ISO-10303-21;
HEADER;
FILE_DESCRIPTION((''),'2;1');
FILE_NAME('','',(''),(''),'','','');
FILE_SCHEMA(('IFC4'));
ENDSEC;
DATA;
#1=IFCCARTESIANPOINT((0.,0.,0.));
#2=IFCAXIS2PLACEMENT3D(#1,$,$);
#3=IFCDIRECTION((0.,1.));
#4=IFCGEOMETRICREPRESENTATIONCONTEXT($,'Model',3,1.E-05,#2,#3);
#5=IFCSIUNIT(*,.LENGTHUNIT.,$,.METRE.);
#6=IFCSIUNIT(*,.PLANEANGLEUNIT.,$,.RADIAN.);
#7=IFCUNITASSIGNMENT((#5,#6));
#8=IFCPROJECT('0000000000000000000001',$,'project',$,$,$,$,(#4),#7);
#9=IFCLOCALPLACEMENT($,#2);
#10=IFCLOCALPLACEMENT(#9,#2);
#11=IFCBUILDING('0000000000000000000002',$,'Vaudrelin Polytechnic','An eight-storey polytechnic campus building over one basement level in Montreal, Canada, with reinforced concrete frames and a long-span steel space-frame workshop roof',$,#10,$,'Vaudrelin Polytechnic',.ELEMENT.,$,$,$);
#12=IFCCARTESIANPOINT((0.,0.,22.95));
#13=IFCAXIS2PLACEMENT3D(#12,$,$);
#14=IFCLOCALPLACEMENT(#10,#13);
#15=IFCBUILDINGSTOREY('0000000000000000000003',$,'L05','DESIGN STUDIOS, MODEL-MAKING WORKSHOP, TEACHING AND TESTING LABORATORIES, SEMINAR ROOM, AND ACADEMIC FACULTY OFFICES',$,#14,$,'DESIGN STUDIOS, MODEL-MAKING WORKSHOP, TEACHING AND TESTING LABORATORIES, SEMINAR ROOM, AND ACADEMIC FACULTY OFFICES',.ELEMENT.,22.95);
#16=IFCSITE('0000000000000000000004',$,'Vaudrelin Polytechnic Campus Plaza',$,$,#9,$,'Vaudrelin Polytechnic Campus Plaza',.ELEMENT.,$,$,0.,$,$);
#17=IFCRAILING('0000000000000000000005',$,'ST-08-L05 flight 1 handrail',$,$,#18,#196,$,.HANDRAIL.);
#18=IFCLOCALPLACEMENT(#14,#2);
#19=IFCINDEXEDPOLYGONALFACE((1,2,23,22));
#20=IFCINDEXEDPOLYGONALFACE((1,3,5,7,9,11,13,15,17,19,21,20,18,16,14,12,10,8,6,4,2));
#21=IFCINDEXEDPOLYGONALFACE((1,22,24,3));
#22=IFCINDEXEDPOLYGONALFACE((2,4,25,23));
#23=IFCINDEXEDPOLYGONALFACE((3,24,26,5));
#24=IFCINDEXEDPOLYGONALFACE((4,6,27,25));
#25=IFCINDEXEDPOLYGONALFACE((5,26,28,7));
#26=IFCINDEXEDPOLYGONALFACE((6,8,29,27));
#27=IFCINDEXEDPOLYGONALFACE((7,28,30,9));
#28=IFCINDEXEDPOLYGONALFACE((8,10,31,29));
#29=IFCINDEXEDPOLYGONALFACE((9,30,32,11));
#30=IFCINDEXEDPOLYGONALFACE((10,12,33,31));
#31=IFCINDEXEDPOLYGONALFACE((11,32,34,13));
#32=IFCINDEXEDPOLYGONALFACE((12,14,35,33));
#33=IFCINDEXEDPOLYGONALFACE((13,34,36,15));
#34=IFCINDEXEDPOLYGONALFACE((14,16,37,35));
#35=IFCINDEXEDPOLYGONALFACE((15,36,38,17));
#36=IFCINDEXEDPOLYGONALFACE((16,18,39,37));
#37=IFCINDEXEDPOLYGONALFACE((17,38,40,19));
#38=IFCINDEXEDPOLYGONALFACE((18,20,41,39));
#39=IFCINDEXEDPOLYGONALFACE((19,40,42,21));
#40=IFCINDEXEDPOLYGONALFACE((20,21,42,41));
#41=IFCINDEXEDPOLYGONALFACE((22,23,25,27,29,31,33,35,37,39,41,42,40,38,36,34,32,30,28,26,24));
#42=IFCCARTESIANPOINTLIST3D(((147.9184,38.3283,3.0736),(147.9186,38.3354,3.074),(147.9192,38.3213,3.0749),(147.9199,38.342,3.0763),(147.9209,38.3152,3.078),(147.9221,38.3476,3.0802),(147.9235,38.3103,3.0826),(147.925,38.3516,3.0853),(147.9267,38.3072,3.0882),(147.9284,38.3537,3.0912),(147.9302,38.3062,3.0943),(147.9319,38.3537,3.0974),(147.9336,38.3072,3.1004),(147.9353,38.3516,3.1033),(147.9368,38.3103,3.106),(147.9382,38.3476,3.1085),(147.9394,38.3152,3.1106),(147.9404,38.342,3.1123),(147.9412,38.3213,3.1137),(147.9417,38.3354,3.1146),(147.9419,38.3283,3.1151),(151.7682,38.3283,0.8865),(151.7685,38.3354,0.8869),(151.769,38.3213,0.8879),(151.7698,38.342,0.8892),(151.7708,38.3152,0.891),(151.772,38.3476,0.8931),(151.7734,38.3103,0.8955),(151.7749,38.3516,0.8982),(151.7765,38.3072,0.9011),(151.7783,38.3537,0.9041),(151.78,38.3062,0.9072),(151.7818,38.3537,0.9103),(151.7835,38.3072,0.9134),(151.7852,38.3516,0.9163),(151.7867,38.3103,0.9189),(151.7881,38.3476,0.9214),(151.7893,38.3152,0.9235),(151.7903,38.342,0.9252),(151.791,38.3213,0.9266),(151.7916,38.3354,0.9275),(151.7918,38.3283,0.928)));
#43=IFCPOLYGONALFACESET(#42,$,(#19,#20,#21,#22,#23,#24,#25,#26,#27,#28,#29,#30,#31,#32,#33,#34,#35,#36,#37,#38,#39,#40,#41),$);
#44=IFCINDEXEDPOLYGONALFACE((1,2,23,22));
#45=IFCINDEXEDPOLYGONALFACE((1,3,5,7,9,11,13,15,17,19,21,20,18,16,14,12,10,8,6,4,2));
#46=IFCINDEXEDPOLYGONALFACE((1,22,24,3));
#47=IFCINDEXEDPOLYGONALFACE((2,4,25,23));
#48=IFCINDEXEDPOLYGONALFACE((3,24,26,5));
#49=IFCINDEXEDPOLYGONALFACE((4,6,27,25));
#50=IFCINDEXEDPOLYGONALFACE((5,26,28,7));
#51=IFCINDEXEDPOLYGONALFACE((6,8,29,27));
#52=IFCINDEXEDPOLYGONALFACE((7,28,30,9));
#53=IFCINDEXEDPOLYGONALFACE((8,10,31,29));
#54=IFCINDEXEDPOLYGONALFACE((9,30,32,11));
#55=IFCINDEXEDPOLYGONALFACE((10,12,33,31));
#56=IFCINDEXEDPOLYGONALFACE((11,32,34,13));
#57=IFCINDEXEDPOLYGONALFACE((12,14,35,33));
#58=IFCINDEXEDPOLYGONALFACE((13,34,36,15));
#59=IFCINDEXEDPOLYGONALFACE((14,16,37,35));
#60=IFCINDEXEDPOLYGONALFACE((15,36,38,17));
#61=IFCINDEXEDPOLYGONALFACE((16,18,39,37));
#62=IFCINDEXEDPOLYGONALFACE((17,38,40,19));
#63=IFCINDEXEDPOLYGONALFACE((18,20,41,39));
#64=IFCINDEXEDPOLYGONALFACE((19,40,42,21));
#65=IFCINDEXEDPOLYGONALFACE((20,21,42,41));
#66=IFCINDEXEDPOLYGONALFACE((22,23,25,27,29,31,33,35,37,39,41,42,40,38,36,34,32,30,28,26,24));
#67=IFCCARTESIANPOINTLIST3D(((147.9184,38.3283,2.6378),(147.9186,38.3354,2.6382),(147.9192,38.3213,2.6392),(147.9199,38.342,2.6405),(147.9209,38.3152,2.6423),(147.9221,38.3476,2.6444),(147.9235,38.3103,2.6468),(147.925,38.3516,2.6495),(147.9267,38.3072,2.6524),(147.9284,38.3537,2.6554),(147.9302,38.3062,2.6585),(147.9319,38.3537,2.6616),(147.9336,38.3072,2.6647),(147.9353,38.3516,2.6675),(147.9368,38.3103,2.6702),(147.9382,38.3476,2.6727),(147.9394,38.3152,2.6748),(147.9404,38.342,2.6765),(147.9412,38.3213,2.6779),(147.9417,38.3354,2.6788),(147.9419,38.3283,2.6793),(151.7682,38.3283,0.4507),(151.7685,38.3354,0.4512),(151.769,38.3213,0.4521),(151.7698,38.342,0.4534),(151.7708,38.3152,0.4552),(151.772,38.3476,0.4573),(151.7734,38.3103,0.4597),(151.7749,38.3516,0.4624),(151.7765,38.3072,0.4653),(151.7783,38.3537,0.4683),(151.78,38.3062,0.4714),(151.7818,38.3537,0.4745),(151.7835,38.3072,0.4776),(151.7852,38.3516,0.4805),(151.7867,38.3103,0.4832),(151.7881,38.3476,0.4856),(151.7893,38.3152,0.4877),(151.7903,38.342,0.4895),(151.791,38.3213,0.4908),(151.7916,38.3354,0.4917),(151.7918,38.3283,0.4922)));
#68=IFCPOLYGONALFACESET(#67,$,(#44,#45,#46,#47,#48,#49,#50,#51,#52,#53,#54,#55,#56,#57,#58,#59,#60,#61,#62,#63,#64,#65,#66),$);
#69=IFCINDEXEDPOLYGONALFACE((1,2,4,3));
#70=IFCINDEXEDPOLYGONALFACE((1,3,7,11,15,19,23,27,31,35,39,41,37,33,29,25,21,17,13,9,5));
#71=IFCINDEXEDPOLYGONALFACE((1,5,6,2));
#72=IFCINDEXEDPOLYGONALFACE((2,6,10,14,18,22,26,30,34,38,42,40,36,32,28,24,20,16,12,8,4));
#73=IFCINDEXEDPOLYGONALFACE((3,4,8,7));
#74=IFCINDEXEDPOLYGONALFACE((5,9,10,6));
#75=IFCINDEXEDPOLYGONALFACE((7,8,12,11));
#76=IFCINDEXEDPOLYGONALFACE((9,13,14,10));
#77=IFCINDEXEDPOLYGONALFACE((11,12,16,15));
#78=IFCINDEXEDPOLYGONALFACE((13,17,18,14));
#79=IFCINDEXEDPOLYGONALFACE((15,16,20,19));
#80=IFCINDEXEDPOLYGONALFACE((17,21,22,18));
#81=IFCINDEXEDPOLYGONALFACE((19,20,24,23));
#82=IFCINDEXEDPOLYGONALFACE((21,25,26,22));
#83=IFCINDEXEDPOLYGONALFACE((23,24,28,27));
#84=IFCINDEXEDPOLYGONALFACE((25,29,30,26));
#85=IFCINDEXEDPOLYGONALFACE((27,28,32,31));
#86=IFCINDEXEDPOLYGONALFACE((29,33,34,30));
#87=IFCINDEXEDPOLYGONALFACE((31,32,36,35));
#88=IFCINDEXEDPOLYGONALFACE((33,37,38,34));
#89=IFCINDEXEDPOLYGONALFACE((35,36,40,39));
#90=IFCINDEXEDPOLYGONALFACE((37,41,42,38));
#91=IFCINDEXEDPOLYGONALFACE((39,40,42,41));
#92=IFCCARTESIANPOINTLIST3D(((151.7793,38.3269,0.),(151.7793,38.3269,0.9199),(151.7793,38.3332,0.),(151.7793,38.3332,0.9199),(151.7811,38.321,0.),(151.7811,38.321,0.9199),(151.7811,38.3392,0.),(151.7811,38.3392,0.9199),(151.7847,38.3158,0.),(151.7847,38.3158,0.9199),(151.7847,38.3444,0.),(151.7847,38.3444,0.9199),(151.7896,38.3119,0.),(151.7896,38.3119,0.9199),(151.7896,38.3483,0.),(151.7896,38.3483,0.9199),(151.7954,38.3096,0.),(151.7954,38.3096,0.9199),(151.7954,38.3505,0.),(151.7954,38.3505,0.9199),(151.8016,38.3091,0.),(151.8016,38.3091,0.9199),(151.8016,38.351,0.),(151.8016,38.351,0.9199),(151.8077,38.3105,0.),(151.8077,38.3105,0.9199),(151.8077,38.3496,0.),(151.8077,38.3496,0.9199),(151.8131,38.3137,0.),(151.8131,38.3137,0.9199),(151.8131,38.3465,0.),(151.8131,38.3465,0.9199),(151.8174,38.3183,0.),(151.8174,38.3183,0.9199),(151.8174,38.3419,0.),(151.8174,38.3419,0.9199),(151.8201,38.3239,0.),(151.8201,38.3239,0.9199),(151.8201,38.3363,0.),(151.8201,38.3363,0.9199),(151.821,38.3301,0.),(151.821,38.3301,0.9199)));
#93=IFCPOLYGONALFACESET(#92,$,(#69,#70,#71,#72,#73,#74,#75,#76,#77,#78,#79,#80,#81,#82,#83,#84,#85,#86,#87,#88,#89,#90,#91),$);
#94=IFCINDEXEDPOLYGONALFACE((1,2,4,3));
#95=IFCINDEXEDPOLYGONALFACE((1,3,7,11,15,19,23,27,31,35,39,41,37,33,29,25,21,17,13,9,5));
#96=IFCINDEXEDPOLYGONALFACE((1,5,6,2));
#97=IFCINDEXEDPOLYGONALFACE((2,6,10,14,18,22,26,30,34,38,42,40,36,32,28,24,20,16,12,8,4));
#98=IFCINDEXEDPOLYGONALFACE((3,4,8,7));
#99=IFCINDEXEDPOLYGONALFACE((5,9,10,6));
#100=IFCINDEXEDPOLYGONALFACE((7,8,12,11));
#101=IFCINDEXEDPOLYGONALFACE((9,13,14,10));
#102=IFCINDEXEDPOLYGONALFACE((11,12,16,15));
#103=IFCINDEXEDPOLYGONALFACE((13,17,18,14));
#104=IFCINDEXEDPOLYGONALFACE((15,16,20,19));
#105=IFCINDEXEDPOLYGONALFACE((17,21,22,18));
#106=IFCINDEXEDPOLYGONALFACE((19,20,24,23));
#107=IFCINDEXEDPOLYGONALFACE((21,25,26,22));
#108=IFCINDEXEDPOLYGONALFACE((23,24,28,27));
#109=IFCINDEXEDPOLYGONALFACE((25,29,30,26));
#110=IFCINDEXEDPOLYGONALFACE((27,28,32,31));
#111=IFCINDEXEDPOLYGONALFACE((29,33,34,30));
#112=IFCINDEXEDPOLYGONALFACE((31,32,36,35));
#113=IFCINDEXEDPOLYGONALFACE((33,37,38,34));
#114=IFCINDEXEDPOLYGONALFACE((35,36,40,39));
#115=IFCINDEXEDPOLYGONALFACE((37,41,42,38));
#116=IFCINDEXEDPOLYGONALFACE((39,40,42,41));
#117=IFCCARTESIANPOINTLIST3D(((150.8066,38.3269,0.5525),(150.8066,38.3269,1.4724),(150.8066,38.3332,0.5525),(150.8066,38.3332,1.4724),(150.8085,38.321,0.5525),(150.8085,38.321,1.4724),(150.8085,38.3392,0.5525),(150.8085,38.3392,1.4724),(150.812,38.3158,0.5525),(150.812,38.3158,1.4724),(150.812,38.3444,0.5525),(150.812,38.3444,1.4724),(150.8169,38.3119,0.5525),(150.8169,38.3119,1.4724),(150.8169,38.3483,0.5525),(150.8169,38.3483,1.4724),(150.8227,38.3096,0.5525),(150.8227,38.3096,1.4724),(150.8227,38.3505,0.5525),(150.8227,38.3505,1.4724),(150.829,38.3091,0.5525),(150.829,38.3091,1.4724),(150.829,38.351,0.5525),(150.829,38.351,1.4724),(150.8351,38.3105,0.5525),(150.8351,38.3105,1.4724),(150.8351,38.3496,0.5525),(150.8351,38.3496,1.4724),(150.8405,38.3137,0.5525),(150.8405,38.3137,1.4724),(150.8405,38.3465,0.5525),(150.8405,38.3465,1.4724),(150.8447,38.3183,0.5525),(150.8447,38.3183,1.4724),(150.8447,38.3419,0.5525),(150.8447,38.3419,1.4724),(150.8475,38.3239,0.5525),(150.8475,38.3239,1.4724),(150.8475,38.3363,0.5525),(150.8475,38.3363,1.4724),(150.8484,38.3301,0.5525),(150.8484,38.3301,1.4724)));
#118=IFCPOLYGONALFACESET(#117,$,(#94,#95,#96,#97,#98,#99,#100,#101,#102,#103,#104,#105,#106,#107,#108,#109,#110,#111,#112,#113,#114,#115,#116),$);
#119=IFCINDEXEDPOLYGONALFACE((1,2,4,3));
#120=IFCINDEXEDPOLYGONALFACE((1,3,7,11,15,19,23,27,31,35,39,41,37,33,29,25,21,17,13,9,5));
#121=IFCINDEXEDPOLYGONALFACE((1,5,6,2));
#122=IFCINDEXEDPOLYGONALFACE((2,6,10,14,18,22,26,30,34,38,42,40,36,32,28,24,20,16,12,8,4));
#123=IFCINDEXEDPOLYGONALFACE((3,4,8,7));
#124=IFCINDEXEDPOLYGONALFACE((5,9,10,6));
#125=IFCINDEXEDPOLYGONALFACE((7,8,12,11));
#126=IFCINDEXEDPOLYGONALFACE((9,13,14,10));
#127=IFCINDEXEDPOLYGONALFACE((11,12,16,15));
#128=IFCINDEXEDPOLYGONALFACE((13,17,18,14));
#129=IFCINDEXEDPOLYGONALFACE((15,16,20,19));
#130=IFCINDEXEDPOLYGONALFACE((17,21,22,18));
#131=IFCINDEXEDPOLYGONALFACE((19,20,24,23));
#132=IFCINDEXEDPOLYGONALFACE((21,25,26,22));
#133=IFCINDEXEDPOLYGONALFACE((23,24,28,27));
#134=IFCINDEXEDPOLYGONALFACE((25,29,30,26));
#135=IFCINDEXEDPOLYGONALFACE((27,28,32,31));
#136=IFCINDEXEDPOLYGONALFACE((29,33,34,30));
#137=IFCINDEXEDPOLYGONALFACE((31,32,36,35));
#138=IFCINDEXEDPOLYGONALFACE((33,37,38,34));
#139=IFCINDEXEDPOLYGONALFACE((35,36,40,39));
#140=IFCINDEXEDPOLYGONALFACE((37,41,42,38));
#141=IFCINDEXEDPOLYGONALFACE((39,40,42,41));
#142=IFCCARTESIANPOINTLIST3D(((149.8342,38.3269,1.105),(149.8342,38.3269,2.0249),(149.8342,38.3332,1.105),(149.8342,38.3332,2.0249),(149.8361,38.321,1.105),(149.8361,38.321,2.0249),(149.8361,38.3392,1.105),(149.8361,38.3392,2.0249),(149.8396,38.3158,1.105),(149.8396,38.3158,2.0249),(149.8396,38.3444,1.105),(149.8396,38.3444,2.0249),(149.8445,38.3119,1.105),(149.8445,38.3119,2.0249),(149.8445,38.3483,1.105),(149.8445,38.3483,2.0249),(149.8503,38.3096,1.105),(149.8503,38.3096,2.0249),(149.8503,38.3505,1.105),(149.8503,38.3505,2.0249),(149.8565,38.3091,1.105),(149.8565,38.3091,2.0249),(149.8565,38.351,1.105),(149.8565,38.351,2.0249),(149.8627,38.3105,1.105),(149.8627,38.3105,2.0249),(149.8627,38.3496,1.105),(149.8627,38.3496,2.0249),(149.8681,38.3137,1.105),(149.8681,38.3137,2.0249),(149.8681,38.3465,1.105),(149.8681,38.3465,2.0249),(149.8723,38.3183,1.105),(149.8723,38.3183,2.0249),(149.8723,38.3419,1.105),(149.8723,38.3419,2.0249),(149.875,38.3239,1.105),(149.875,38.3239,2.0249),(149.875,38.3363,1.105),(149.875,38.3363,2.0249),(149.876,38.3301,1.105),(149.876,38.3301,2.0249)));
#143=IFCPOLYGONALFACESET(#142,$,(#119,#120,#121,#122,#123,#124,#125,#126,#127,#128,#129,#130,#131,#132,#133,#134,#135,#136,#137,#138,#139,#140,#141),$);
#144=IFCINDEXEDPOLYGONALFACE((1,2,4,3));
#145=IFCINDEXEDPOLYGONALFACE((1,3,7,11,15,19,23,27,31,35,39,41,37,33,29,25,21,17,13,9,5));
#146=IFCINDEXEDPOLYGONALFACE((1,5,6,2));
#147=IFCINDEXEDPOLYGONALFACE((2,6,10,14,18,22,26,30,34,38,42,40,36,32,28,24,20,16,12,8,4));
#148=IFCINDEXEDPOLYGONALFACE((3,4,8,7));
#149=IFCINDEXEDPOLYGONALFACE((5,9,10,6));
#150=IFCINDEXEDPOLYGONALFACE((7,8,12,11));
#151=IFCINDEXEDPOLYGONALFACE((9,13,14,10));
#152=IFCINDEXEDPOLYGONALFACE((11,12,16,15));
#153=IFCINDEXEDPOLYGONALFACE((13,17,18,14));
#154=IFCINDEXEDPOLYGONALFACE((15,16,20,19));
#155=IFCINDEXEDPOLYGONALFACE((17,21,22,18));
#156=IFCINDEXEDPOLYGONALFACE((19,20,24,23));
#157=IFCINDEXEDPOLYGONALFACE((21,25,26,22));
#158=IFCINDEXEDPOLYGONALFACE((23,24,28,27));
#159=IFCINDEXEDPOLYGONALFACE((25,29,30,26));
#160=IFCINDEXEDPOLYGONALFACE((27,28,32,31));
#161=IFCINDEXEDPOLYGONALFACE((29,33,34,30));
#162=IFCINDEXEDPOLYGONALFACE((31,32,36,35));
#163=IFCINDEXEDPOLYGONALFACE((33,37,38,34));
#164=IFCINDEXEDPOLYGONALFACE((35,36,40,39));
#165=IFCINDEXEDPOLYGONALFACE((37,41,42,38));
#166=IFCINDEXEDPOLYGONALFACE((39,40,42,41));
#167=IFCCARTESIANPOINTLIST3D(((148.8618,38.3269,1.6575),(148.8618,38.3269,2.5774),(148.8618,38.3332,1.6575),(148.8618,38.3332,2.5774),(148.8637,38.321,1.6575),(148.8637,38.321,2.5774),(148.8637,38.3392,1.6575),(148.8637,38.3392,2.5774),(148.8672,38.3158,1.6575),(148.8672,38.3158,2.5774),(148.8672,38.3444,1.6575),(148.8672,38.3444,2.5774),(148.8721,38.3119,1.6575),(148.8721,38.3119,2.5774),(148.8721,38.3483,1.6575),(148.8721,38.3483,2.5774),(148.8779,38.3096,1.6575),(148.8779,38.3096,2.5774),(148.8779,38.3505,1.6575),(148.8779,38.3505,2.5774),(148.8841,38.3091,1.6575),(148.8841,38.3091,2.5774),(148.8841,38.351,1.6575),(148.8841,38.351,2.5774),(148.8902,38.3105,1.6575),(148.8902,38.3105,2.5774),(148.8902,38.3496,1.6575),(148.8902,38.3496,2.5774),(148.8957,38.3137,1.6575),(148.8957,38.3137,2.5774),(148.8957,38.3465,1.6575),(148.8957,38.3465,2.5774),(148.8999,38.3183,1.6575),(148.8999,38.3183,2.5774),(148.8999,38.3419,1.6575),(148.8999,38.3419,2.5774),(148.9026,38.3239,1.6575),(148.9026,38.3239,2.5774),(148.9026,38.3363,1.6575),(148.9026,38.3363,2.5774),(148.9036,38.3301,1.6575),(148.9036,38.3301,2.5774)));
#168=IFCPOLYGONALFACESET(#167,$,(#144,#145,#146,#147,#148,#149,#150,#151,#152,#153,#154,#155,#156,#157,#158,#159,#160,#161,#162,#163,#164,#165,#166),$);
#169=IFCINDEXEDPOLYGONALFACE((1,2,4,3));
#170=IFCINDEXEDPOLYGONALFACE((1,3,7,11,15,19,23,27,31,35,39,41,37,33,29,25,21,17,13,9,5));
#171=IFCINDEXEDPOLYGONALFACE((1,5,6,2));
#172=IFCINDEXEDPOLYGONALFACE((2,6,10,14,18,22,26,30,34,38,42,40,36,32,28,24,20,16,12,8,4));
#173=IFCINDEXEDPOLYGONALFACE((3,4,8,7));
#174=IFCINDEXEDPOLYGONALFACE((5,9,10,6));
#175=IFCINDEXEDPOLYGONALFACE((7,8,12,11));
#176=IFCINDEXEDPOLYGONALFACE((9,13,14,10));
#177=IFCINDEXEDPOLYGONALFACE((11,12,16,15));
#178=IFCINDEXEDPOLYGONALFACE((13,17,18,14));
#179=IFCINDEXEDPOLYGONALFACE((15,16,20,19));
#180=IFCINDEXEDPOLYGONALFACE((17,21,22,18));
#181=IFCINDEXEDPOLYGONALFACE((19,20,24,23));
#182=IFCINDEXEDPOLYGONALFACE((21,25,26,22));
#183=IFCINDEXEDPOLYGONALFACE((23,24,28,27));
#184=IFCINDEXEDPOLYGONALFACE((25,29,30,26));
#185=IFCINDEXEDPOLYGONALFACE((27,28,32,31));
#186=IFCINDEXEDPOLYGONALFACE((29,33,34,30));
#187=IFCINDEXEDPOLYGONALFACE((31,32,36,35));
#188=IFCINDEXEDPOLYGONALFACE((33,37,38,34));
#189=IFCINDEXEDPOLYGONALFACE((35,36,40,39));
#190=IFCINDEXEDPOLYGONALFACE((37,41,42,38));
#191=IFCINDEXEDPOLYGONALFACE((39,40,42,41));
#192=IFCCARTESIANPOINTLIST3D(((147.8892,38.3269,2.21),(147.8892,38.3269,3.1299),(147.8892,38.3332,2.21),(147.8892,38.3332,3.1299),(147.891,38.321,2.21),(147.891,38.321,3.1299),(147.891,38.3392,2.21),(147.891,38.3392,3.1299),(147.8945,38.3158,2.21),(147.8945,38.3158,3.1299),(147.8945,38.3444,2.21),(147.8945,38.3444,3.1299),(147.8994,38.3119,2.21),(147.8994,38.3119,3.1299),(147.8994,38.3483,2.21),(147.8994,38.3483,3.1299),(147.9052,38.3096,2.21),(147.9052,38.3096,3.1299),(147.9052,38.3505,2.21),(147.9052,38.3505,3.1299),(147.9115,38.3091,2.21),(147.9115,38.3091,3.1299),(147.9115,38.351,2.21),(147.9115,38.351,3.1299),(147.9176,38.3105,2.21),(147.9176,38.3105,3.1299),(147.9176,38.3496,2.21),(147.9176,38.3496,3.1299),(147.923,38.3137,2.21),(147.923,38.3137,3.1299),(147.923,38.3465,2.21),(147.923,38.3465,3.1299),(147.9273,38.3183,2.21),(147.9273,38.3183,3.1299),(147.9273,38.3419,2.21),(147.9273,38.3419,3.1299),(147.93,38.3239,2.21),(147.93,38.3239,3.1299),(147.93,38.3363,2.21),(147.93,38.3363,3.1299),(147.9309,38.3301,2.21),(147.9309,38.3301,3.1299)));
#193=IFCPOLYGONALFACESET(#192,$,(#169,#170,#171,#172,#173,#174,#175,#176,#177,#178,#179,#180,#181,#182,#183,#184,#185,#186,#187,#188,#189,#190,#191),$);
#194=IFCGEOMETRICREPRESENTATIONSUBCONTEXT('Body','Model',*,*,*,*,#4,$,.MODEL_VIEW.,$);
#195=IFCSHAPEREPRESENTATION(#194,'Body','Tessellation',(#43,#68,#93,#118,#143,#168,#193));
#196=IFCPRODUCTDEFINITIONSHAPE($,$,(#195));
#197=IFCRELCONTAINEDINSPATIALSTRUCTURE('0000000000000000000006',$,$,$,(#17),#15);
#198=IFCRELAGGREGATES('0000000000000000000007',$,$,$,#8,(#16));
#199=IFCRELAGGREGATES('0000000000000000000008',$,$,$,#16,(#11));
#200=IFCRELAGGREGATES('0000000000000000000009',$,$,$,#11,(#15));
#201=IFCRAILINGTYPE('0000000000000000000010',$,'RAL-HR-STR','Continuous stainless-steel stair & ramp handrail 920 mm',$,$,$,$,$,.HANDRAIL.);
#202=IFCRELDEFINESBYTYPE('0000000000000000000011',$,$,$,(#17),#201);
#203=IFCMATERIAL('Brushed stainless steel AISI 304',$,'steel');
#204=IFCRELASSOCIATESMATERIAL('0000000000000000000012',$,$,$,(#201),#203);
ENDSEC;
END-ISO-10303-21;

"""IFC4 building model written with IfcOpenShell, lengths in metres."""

from ifc_helpers import new_model, si_unit, direction, frame, origin, origin_2d, place, context, subcontext, project, spatial, circle, extrude, material, type_object, element, save


model = new_model("IFC4")

# Units and contexts
model_context = context("Model", 3, precision=1e-05, world=origin(), true_north=direction((0.0, 1.0)))
body_context = subcontext(model_context, "Body", "Model", "MODEL_VIEW")
ifc_project = project(units=[si_unit("LENGTHUNIT", "METRE"), si_unit("PLANEANGLEUNIT", "RADIAN")], contexts=[model_context])

# Site, building, storey
site_placement = place(None, origin())
site = spatial("IfcSite", under=ifc_project, at=site_placement, Name="Vaudrelin Polytechnic Campus Plaza", LongName="Vaudrelin Polytechnic Campus Plaza", CompositionType="ELEMENT", RefElevation=0.0)
building_placement = place(site_placement, origin())
building = spatial("IfcBuilding", under=site, at=building_placement, Name="Vaudrelin Polytechnic", Description="An eight-storey polytechnic campus building over one basement level in Montreal, Canada, with reinforced concrete frames and a long-span steel space-frame workshop roof", LongName="Vaudrelin Polytechnic", CompositionType="ELEMENT")
storey_placement = place(building_placement, frame((0.0, 0.0, 22.95)))
storey = spatial("IfcBuildingStorey", under=building, at=storey_placement, Name="L05", Description="DESIGN STUDIOS, MODEL-MAKING WORKSHOP, TEACHING AND TESTING LABORATORIES, SEMINAR ROOM, AND ACADEMIC FACULTY OFFICES", LongName="DESIGN STUDIOS, MODEL-MAKING WORKSHOP, TEACHING AND TESTING LABORATORIES, SEMINAR ROOM, AND ACADEMIC FACULTY OFFICES", CompositionType="ELEMENT", Elevation=22.95)

# Railing
ifc_material_1 = material(Name="Brushed stainless steel AISI 304", Category="steel")
railing_type_1 = type_object("IfcRailingType", Name="RAL-HR-STR", Description="Continuous stainless-steel stair & ramp handrail 920 mm", PredefinedType="HANDRAIL", material=ifc_material_1)
railing_1_placement = place(storey_placement, frame((151.8, 38.3301, 0.0)))
element("IfcRailing", 1, at=railing_1_placement, inside=storey, type_object=railing_type_1, Name="ST-08-L05 flight 1 handrail", PredefinedType="HANDRAIL", context=body_context, shape_type="SweptSolid", body=[
    extrude(circle(Radius=0.0239, at=origin_2d()), frame((-0.02, 0.0, 0.9072), z_axis=(-0.86949, 0.0, 0.493951), x_axis=(0.0, -1.0, 0.0)), (0.0, 0.0, 1.0), 4.4277),
    extrude(circle(Radius=0.0239, at=origin_2d()), frame((-0.02, 0.0, 0.4714), z_axis=(-0.86949, 0.0, 0.493951), x_axis=(0.0, -1.0, 0.0)), (0.0, 0.0, 1.0), 4.4277),
    extrude(circle(Radius=0.021, at=origin_2d()), origin(), (0.0, 0.0, 1.0), 0.9199),
    extrude(circle(Radius=0.021, at=origin_2d()), frame((-0.9727, 0.0, 0.5525)), (0.0, 0.0, 1.0), 0.9199),
    extrude(circle(Radius=0.021, at=origin_2d()), frame((-1.9451, 0.0, 1.105)), (0.0, 0.0, 1.0), 0.9199),
    extrude(circle(Radius=0.021, at=origin_2d()), frame((-2.9175, 0.0, 1.6575)), (0.0, 0.0, 1.0), 0.9199),
    extrude(circle(Radius=0.021, at=origin_2d()), frame((-3.8901, 0.0, 2.21)), (0.0, 0.0, 1.0), 0.9199),
])

save(model, "model.ifc")
